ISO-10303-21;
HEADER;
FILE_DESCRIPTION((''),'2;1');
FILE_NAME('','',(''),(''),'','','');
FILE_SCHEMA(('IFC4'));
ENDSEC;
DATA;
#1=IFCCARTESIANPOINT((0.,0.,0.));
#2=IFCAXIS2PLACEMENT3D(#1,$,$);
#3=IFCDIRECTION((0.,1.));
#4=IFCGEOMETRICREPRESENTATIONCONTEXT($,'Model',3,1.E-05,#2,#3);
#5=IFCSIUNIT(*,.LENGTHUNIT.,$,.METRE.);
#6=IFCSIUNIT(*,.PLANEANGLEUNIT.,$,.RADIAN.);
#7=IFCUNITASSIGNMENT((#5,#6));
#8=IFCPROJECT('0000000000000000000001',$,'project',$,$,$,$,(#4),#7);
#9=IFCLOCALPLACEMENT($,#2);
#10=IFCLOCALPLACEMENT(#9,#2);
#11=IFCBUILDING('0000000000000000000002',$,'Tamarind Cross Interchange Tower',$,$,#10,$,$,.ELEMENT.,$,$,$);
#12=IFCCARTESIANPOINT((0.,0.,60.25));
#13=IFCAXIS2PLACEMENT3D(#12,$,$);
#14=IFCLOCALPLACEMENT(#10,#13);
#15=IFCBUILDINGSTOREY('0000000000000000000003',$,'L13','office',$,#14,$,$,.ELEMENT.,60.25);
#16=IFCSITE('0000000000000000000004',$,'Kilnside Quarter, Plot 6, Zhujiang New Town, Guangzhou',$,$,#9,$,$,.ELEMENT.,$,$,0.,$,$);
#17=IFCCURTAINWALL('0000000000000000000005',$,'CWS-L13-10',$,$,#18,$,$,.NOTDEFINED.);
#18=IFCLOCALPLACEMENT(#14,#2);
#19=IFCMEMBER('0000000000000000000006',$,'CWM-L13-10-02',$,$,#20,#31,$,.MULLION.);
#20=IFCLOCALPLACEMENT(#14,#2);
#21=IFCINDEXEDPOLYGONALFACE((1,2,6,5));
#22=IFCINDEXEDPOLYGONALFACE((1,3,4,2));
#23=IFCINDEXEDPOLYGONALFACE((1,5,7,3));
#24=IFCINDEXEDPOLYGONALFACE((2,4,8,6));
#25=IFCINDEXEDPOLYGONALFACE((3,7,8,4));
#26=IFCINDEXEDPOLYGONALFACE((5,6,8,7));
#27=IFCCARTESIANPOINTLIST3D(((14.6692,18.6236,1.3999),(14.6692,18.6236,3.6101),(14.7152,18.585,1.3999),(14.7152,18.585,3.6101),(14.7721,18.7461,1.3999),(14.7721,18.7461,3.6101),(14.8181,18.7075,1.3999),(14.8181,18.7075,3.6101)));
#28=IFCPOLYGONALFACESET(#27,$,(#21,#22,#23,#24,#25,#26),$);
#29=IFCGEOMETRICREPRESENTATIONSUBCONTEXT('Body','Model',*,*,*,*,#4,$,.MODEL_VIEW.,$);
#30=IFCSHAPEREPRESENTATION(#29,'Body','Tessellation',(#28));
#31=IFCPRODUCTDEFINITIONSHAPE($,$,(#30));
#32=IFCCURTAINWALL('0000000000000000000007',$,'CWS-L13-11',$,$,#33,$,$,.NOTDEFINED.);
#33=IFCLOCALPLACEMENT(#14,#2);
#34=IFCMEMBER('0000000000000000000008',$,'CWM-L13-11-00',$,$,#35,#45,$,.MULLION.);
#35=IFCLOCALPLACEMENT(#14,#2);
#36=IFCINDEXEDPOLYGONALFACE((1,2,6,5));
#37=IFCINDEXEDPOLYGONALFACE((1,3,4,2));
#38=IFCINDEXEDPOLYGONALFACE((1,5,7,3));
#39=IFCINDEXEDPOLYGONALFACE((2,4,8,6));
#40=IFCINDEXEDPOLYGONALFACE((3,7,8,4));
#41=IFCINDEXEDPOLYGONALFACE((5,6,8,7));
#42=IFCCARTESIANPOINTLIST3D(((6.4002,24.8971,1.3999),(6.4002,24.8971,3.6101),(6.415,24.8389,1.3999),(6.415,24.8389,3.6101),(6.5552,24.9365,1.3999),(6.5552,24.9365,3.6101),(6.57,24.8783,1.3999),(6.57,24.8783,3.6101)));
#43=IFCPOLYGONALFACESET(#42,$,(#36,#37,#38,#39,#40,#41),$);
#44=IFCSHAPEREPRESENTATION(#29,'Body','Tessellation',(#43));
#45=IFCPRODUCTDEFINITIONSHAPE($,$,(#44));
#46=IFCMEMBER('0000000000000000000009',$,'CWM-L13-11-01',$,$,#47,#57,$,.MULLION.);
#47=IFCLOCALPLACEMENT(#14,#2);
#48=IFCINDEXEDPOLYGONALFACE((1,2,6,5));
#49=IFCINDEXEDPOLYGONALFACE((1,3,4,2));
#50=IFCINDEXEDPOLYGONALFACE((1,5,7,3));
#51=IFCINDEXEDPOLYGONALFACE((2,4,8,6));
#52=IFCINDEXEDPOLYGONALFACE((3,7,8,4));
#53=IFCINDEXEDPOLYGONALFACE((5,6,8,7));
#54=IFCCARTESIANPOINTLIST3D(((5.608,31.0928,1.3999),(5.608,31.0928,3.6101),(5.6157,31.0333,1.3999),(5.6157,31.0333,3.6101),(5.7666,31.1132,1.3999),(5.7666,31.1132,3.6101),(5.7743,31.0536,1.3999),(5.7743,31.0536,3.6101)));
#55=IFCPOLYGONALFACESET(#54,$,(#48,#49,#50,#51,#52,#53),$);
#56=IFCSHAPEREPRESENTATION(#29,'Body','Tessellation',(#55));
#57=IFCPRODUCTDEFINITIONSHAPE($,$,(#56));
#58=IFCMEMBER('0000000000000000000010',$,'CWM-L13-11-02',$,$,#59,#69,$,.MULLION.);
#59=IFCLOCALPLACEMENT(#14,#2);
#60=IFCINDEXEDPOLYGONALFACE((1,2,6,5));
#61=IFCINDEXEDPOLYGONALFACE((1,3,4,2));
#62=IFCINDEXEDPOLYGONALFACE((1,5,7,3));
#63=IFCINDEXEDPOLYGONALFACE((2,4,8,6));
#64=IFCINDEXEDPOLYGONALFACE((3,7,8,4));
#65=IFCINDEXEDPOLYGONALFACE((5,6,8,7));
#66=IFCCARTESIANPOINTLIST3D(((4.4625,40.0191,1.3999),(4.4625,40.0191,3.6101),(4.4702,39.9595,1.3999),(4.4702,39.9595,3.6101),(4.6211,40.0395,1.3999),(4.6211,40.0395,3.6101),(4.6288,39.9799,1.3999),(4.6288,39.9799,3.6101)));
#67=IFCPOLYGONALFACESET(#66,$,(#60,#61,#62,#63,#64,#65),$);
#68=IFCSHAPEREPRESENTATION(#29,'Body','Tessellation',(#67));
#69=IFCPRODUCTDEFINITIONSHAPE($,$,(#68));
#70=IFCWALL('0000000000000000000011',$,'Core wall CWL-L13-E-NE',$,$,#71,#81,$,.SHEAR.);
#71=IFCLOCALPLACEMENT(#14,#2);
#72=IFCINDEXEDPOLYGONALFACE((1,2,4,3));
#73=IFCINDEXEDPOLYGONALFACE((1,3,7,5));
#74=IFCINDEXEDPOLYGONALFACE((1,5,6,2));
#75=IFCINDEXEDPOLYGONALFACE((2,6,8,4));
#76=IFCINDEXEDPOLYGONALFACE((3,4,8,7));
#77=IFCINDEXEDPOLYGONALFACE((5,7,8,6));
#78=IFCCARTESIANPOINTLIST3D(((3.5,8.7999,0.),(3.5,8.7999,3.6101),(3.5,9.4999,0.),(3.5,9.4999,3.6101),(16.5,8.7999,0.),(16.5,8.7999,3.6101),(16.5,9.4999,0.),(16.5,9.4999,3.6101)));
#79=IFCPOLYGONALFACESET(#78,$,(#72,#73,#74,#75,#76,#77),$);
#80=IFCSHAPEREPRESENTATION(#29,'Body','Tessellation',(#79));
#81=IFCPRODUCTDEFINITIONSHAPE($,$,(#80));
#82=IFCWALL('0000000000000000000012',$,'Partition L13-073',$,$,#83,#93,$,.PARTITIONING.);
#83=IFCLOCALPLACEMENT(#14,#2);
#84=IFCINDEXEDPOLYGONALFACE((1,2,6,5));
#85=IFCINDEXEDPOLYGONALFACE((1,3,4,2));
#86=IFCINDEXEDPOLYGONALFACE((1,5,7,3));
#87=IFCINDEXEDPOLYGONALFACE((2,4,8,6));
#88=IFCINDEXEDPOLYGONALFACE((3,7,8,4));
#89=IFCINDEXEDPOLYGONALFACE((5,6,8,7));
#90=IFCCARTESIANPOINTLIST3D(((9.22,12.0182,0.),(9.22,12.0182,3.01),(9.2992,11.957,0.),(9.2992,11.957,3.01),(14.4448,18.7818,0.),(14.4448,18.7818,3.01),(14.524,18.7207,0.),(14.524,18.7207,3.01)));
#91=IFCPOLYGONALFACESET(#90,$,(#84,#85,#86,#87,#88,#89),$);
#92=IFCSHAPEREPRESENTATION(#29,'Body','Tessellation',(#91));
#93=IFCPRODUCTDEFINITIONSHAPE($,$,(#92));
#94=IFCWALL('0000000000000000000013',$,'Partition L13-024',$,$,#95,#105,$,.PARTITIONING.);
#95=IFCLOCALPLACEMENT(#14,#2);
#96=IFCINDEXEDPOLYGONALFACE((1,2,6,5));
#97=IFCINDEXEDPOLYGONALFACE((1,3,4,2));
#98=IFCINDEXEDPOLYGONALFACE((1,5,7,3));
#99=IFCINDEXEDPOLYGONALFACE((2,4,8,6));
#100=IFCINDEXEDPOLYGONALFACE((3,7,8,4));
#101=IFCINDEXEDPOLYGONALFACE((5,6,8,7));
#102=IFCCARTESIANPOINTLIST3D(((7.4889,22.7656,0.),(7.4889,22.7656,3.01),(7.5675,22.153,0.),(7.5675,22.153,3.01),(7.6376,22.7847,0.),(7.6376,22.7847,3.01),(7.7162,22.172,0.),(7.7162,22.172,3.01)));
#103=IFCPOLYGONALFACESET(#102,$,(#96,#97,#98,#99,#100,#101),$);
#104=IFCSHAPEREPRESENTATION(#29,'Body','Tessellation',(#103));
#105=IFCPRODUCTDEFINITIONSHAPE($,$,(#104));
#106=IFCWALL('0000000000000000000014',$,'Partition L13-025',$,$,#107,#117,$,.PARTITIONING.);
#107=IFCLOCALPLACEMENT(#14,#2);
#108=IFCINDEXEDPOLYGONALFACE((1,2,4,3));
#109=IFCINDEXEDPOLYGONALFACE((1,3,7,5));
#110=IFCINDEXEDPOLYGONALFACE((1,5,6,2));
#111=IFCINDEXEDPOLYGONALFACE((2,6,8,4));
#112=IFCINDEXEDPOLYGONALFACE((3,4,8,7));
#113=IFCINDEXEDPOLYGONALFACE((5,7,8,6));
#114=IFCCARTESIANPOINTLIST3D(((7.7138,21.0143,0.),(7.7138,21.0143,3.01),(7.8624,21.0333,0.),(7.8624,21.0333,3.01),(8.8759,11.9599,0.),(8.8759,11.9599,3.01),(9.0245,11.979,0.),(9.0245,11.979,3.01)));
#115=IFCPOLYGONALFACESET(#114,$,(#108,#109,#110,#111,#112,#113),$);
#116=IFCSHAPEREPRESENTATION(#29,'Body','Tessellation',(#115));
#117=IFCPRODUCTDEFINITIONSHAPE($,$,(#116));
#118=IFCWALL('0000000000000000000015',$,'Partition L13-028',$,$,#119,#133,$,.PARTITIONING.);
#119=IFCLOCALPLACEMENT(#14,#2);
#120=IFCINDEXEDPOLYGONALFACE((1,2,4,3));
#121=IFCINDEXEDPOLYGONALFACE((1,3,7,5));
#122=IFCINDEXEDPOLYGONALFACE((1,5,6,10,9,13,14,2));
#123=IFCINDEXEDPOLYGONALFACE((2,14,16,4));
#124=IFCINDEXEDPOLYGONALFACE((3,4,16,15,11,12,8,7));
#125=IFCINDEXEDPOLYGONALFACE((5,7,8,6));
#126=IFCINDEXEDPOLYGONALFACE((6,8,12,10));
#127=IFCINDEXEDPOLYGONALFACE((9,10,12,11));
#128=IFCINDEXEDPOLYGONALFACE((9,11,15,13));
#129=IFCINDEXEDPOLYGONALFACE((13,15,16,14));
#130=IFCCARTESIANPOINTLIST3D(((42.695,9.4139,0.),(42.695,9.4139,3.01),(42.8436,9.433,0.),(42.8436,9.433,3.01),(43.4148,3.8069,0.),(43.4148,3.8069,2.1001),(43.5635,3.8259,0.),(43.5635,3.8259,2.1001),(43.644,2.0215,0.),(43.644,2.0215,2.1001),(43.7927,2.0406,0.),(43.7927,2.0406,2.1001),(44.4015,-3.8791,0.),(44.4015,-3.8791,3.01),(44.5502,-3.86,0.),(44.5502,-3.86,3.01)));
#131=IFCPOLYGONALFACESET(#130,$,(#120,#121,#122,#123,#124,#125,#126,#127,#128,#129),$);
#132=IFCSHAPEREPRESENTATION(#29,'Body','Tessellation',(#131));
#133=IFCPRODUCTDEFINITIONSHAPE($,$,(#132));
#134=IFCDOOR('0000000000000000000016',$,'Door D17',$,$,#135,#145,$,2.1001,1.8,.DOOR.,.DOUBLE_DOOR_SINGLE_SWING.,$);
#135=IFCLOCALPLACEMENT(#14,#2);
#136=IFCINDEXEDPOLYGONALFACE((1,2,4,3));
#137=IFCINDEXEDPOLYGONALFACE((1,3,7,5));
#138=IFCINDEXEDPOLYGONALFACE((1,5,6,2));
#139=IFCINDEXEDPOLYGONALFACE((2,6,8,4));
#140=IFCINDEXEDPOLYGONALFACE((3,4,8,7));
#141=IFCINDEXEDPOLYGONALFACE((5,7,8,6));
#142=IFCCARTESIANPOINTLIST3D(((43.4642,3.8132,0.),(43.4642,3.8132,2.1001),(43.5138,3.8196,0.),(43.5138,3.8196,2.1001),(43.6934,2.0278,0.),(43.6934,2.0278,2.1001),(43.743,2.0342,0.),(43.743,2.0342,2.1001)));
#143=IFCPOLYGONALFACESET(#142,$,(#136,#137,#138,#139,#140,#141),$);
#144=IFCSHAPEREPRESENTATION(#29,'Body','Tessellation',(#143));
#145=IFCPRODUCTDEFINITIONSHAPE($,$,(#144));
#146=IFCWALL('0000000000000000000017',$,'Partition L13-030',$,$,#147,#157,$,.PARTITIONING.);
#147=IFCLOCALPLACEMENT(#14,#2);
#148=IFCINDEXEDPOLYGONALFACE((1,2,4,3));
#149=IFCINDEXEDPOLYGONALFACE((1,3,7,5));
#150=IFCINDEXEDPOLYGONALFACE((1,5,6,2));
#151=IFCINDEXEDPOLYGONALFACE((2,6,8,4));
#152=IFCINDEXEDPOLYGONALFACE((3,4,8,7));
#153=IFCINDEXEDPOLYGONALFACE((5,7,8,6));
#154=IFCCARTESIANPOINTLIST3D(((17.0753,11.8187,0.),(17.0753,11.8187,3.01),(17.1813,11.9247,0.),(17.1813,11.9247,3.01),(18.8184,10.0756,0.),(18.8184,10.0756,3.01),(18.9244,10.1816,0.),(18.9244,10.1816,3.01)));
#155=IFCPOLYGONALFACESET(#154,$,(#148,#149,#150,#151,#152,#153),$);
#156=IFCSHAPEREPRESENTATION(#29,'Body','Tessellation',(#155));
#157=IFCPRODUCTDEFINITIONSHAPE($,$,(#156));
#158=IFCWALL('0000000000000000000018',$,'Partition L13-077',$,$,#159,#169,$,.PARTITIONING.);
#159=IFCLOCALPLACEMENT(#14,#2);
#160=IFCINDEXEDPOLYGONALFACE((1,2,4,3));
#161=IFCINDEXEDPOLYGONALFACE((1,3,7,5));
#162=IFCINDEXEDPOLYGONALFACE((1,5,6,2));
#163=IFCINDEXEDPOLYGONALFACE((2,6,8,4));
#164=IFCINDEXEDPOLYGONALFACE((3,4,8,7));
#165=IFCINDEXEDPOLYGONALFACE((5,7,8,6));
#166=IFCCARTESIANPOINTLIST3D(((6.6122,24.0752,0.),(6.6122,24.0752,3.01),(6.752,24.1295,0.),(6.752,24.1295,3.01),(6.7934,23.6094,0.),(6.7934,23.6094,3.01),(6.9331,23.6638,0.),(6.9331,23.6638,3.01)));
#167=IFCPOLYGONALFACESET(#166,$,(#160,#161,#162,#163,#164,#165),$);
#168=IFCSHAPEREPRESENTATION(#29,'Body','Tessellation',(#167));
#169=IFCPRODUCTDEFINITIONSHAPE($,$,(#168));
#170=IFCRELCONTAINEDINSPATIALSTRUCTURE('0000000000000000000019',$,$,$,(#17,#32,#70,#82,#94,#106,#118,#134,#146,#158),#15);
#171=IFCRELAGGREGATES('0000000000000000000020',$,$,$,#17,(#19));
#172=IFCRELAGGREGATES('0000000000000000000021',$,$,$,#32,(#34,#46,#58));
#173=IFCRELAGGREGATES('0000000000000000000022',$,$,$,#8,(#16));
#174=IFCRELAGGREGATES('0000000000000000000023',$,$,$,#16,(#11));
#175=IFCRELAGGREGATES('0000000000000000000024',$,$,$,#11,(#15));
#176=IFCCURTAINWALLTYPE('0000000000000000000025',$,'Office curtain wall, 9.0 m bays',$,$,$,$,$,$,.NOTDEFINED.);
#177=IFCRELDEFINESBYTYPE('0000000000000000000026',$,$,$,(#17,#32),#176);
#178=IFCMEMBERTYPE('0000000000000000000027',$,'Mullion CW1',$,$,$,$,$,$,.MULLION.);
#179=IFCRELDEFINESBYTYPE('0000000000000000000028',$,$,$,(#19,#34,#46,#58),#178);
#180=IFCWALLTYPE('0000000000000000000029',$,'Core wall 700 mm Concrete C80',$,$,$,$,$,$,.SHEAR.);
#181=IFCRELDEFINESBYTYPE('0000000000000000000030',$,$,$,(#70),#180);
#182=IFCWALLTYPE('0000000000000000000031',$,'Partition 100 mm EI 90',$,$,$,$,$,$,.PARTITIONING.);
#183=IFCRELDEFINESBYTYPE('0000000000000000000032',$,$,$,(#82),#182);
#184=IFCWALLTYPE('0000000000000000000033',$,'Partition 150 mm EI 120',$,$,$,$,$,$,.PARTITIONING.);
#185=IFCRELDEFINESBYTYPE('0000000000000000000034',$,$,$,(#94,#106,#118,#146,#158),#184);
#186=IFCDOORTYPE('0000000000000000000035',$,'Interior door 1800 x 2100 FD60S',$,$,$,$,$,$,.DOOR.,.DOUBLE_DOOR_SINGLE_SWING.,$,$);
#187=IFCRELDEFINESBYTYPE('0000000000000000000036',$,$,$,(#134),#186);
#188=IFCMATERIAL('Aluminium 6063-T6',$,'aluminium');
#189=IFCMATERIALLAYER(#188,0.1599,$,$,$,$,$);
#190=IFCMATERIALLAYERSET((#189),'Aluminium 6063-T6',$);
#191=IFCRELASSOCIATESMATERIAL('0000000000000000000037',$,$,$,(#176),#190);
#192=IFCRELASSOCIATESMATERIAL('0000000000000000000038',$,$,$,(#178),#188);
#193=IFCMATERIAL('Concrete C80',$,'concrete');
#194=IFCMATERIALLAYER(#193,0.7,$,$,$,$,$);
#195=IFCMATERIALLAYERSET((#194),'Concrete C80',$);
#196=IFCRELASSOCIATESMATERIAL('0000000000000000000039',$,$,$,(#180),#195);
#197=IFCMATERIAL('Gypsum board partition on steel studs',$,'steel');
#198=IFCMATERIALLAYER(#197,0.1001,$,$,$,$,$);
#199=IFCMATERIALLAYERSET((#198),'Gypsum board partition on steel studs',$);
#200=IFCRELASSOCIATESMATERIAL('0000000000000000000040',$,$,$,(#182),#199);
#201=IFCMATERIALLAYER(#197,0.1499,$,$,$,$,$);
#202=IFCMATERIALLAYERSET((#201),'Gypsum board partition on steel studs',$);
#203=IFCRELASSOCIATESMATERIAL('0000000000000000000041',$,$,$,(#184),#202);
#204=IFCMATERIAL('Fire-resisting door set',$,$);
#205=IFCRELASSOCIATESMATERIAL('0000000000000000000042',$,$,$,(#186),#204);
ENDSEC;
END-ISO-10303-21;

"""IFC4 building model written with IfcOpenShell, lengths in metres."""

from ifc_helpers import new_model, si_unit, direction, frame, frame_2d, origin, origin_2d, place, context, subcontext, project, spatial, rectangle, extrude, material, layer, layer_set, material_profile, profile_set, type_object, element, fill, aggregate, save


model = new_model("IFC4")

# Units and contexts
model_context = context("Model", 3, precision=1e-05, world=origin(), true_north=direction((0.0, 1.0)))
body_context = subcontext(model_context, "Body", "Model", "MODEL_VIEW")
ifc_project = project(units=[si_unit("LENGTHUNIT", "METRE"), si_unit("PLANEANGLEUNIT", "RADIAN")], contexts=[model_context])

# Site, building, storey
site_placement = place(None, origin())
site = spatial("IfcSite", under=ifc_project, at=site_placement, Name="Kilnside Quarter, Plot 6, Zhujiang New Town, Guangzhou", CompositionType="ELEMENT", RefElevation=0.0)
building_placement = place(site_placement, origin())
building = spatial("IfcBuilding", under=site, at=building_placement, Name="Tamarind Cross Interchange Tower", CompositionType="ELEMENT")
storey_placement = place(building_placement, frame((0.0, 0.0, 60.25)))
storey = spatial("IfcBuildingStorey", under=building, at=storey_placement, Name="L13", Description="office", CompositionType="ELEMENT", Elevation=60.25)

# Curtain walls, members
ifc_material_1 = material(Name="Aluminium 6063-T6", Category="aluminium")
ifc_layer_1 = layer(ifc_material_1, 0.1599)
ifc_layer_set_1 = layer_set([ifc_layer_1], Name="Aluminium 6063-T6")
curtain_wall_type = type_object("IfcCurtainWallType", Name="Office curtain wall, 9.0 m bays", PredefinedType="NOTDEFINED", material=ifc_layer_set_1)
ifc_material_profile_1 = material_profile(ifc_material_1, rectangle(XDim=0.0601, YDim=0.1599, at=origin_2d()), Name="Mullion CW1")
ifc_profile_set_1 = profile_set([ifc_material_profile_1], Name="Aluminium 6063-T6")
member_type = type_object("IfcMemberType", Name="Mullion CW1", PredefinedType="MULLION", material=ifc_profile_set_1)
curtain_wall_1_placement = place(storey_placement, origin())
curtain_wall_1 = element("IfcCurtainWall", 1, at=curtain_wall_1_placement, inside=storey, type_object=curtain_wall_type, Name="CWS-L13-10", PredefinedType="NOTDEFINED")
member_1_placement = place(storey_placement, frame((14.7437, 18.6655, 1.3999), z_axis=(0.0, 0.0, 1.0), x_axis=(-0.765858, 0.643009, 0.0)))
member_1 = element("IfcMember", 2, at=member_1_placement, type_object=member_type, Name="CWM-L13-10-02", PredefinedType="MULLION", context=body_context, shape_type="SweptSolid", body=[
    extrude(rectangle(XDim=0.0601, YDim=0.1599, at=origin_2d()), origin(), (0.0, 0.0, 1.0), 2.2102),
])
aggregate(curtain_wall_1, [member_1])
curtain_wall_2_placement = place(storey_placement, origin())
curtain_wall_2 = element("IfcCurtainWall", 3, at=curtain_wall_2_placement, inside=storey, type_object=curtain_wall_type, Name="CWS-L13-11", PredefinedType="NOTDEFINED")
member_2_placement = place(storey_placement, frame((6.4851, 24.8877, 1.3999), z_axis=(0.0, 0.0, 1.0), x_axis=(-0.246709, 0.96909, 0.0)))
member_2 = element("IfcMember", 4, at=member_2_placement, type_object=member_type, Name="CWM-L13-11-00", PredefinedType="MULLION", context=body_context, shape_type="SweptSolid", body=[
    extrude(rectangle(XDim=0.0601, YDim=0.1599, at=origin_2d()), origin(), (0.0, 0.0, 1.0), 2.2102),
])
member_3_placement = place(storey_placement, frame((5.6912, 31.0732, 1.3999), z_axis=(0.0, 0.0, 1.0), x_axis=(-0.1273, 0.991864, 0.0)))
member_3 = element("IfcMember", 5, at=member_3_placement, type_object=member_type, Name="CWM-L13-11-01", PredefinedType="MULLION", context=body_context, shape_type="SweptSolid", body=[
    extrude(rectangle(XDim=0.0601, YDim=0.1599, at=origin_2d()), origin(), (0.0, 0.0, 1.0), 2.2102),
])
member_4_placement = place(storey_placement, frame((4.5457, 39.9995, 1.3999), z_axis=(0.0, 0.0, 1.0), x_axis=(-0.1273, 0.991864, 0.0)))
member_4 = element("IfcMember", 6, at=member_4_placement, type_object=member_type, Name="CWM-L13-11-02", PredefinedType="MULLION", context=body_context, shape_type="SweptSolid", body=[
    extrude(rectangle(XDim=0.0601, YDim=0.1599, at=origin_2d()), origin(), (0.0, 0.0, 1.0), 2.2102),
])
aggregate(curtain_wall_2, [member_2, member_3, member_4])

# Walls
ifc_material_2 = material(Name="Concrete C80", Category="concrete")
ifc_layer_2 = layer(ifc_material_2, 0.7)
ifc_layer_set_2 = layer_set([ifc_layer_2], Name="Concrete C80")
wall_type_1 = type_object("IfcWallType", Name="Core wall 700 mm Concrete C80", PredefinedType="SHEAR", material=ifc_layer_set_2)
wall_1_placement = place(storey_placement, frame((16.5, 9.1499, 0.0), z_axis=(0.0, 0.0, 1.0), x_axis=(-1.0, 0.0, 0.0)))
element("IfcWall", 7, at=wall_1_placement, inside=storey, type_object=wall_type_1, Name="Core wall CWL-L13-E-NE", PredefinedType="SHEAR", context=body_context, shape_type="SweptSolid", body=[
    extrude(rectangle(XDim=13.0, YDim=0.7, at=frame_2d((6.5, 0.0))), origin(), (0.0, 0.0, 1.0), 3.6101),
])
ifc_material_3 = material(Name="Gypsum board partition on steel studs", Category="steel")
ifc_layer_3 = layer(ifc_material_3, 0.1001)
ifc_layer_set_3 = layer_set([ifc_layer_3], Name="Gypsum board partition on steel studs")
wall_type_2 = type_object("IfcWallType", Name="Partition 100 mm EI 90", PredefinedType="PARTITIONING", material=ifc_layer_set_3)
wall_2_placement = place(storey_placement, frame((9.2595, 11.9875, 0.0), z_axis=(0.0, 0.0, 1.0), x_axis=(0.611329, 0.791377, 0.0)))
element("IfcWall", 8, at=wall_2_placement, inside=storey, type_object=wall_type_2, Name="Partition L13-073", PredefinedType="PARTITIONING", context=body_context, shape_type="SweptSolid", body=[
    extrude(rectangle(XDim=8.5466, YDim=0.1001, at=frame_2d((4.2734, 0.0))), origin(), (0.0, 0.0, 1.0), 3.01),
])
ifc_layer_4 = layer(ifc_material_3, 0.1499)
ifc_layer_set_4 = layer_set([ifc_layer_4], Name="Gypsum board partition on steel studs")
wall_type_3 = type_object("IfcWallType", Name="Partition 150 mm EI 120", PredefinedType="PARTITIONING", material=ifc_layer_set_4)
wall_3_placement = place(storey_placement, frame((7.5632, 22.7751, 0.0), z_axis=(0.0, 0.0, 1.0), x_axis=(0.127294, -0.991865, 0.0)))
element("IfcWall", 9, at=wall_3_placement, inside=storey, type_object=wall_type_3, Name="Partition L13-024", PredefinedType="PARTITIONING", context=body_context, shape_type="SweptSolid", body=[
    extrude(rectangle(XDim=0.6177, YDim=0.1499, at=frame_2d((0.3088, 0.0))), origin(), (0.0, 0.0, 1.0), 3.01),
])
wall_4_placement = place(storey_placement, frame((7.7881, 21.0239, 0.0), z_axis=(0.0, 0.0, 1.0), x_axis=(0.127303, -0.991864, 0.0)))
element("IfcWall", 10, at=wall_4_placement, inside=storey, type_object=wall_type_3, Name="Partition L13-025", PredefinedType="PARTITIONING", context=body_context, shape_type="SweptSolid", body=[
    extrude(rectangle(XDim=9.1287, YDim=0.1499, at=frame_2d((4.5645, 0.0))), origin(), (0.0, 0.0, 1.0), 3.01),
])

# Wall, opening, door
wall_5_placement = place(storey_placement, frame((42.7693, 9.4236, 0.0), z_axis=(0.0, 0.0, 1.0), x_axis=(0.127334, -0.99186, 0.0)))
wall_5 = element("IfcWall", 11, at=wall_5_placement, inside=storey, type_object=wall_type_3, Name="Partition L13-028", PredefinedType="PARTITIONING", context=body_context, shape_type="SweptSolid", body=[
    extrude(rectangle(XDim=13.4021, YDim=0.1499, at=frame_2d((6.7012, 0.0))), origin(), (0.0, 0.0, 1.0), 3.01),
])
opening_placement = place(wall_5_placement, frame((5.6533, 0.0, 0.0)))
opening = element("IfcOpeningElement", 12, at=opening_placement, cuts=wall_5, PredefinedType="OPENING", context=body_context, shape_type="SweptSolid", body=[
    extrude(rectangle(XDim=1.8, YDim=2.1001, at=frame_2d((0.8999, 1.05))), frame((0.0, 0.085, 0.0), z_axis=(0.0, -1.0, 0.0), x_axis=(1.0, 0.0, 0.0)), (0.0, 0.0, 1.0), 0.1699),
])
ifc_material_4 = material(Name="Fire-resisting door set")
door_type = type_object("IfcDoorType", Name="Interior door 1800 x 2100 FD60S", OperationType="DOUBLE_DOOR_SINGLE_SWING", PredefinedType="DOOR", material=ifc_material_4)
door_placement = place(opening_placement, origin())
door = element("IfcDoor", 13, at=door_placement, inside=storey, type_object=door_type, Name="Door D17", OperationType="DOUBLE_DOOR_SINGLE_SWING", OverallHeight=2.1001, OverallWidth=1.8, PredefinedType="DOOR", context=body_context, shape_type="SweptSolid", body=[
    extrude(rectangle(XDim=1.8, YDim=2.1001, at=frame_2d((0.8999, 1.05))), frame((0.0, 0.0249, 0.0), z_axis=(0.0, -1.0, 0.0), x_axis=(1.0, 0.0, 0.0)), (0.0, 0.0, 1.0), 0.05),
])
fill(opening, door)

# Walls
wall_6_placement = place(storey_placement, frame((17.1284, 11.8716, 0.0), z_axis=(0.0, 0.0, 1.0), x_axis=(0.707107, -0.707107, 0.0)))
element("IfcWall", 14, at=wall_6_placement, inside=storey, type_object=wall_type_3, Name="Partition L13-030", PredefinedType="PARTITIONING", context=body_context, shape_type="SweptSolid", body=[
    extrude(rectangle(XDim=2.4651, YDim=0.1499, at=frame_2d((1.2324, 0.0))), origin(), (0.0, 0.0, 1.0), 3.01),
])
wall_7_placement = place(storey_placement, frame((6.8633, 23.6365, 0.0), z_axis=(0.0, 0.0, 1.0), x_axis=(-0.362446, 0.932005, 0.0)))
element("IfcWall", 15, at=wall_7_placement, inside=storey, type_object=wall_type_3, Name="Partition L13-077", PredefinedType="PARTITIONING", context=body_context, shape_type="SweptSolid", body=[
    extrude(rectangle(XDim=0.4998, YDim=0.1499, at=frame_2d((0.25, 0.0))), origin(), (0.0, 0.0, 1.0), 3.01),
])

save(model, "model.ifc")
